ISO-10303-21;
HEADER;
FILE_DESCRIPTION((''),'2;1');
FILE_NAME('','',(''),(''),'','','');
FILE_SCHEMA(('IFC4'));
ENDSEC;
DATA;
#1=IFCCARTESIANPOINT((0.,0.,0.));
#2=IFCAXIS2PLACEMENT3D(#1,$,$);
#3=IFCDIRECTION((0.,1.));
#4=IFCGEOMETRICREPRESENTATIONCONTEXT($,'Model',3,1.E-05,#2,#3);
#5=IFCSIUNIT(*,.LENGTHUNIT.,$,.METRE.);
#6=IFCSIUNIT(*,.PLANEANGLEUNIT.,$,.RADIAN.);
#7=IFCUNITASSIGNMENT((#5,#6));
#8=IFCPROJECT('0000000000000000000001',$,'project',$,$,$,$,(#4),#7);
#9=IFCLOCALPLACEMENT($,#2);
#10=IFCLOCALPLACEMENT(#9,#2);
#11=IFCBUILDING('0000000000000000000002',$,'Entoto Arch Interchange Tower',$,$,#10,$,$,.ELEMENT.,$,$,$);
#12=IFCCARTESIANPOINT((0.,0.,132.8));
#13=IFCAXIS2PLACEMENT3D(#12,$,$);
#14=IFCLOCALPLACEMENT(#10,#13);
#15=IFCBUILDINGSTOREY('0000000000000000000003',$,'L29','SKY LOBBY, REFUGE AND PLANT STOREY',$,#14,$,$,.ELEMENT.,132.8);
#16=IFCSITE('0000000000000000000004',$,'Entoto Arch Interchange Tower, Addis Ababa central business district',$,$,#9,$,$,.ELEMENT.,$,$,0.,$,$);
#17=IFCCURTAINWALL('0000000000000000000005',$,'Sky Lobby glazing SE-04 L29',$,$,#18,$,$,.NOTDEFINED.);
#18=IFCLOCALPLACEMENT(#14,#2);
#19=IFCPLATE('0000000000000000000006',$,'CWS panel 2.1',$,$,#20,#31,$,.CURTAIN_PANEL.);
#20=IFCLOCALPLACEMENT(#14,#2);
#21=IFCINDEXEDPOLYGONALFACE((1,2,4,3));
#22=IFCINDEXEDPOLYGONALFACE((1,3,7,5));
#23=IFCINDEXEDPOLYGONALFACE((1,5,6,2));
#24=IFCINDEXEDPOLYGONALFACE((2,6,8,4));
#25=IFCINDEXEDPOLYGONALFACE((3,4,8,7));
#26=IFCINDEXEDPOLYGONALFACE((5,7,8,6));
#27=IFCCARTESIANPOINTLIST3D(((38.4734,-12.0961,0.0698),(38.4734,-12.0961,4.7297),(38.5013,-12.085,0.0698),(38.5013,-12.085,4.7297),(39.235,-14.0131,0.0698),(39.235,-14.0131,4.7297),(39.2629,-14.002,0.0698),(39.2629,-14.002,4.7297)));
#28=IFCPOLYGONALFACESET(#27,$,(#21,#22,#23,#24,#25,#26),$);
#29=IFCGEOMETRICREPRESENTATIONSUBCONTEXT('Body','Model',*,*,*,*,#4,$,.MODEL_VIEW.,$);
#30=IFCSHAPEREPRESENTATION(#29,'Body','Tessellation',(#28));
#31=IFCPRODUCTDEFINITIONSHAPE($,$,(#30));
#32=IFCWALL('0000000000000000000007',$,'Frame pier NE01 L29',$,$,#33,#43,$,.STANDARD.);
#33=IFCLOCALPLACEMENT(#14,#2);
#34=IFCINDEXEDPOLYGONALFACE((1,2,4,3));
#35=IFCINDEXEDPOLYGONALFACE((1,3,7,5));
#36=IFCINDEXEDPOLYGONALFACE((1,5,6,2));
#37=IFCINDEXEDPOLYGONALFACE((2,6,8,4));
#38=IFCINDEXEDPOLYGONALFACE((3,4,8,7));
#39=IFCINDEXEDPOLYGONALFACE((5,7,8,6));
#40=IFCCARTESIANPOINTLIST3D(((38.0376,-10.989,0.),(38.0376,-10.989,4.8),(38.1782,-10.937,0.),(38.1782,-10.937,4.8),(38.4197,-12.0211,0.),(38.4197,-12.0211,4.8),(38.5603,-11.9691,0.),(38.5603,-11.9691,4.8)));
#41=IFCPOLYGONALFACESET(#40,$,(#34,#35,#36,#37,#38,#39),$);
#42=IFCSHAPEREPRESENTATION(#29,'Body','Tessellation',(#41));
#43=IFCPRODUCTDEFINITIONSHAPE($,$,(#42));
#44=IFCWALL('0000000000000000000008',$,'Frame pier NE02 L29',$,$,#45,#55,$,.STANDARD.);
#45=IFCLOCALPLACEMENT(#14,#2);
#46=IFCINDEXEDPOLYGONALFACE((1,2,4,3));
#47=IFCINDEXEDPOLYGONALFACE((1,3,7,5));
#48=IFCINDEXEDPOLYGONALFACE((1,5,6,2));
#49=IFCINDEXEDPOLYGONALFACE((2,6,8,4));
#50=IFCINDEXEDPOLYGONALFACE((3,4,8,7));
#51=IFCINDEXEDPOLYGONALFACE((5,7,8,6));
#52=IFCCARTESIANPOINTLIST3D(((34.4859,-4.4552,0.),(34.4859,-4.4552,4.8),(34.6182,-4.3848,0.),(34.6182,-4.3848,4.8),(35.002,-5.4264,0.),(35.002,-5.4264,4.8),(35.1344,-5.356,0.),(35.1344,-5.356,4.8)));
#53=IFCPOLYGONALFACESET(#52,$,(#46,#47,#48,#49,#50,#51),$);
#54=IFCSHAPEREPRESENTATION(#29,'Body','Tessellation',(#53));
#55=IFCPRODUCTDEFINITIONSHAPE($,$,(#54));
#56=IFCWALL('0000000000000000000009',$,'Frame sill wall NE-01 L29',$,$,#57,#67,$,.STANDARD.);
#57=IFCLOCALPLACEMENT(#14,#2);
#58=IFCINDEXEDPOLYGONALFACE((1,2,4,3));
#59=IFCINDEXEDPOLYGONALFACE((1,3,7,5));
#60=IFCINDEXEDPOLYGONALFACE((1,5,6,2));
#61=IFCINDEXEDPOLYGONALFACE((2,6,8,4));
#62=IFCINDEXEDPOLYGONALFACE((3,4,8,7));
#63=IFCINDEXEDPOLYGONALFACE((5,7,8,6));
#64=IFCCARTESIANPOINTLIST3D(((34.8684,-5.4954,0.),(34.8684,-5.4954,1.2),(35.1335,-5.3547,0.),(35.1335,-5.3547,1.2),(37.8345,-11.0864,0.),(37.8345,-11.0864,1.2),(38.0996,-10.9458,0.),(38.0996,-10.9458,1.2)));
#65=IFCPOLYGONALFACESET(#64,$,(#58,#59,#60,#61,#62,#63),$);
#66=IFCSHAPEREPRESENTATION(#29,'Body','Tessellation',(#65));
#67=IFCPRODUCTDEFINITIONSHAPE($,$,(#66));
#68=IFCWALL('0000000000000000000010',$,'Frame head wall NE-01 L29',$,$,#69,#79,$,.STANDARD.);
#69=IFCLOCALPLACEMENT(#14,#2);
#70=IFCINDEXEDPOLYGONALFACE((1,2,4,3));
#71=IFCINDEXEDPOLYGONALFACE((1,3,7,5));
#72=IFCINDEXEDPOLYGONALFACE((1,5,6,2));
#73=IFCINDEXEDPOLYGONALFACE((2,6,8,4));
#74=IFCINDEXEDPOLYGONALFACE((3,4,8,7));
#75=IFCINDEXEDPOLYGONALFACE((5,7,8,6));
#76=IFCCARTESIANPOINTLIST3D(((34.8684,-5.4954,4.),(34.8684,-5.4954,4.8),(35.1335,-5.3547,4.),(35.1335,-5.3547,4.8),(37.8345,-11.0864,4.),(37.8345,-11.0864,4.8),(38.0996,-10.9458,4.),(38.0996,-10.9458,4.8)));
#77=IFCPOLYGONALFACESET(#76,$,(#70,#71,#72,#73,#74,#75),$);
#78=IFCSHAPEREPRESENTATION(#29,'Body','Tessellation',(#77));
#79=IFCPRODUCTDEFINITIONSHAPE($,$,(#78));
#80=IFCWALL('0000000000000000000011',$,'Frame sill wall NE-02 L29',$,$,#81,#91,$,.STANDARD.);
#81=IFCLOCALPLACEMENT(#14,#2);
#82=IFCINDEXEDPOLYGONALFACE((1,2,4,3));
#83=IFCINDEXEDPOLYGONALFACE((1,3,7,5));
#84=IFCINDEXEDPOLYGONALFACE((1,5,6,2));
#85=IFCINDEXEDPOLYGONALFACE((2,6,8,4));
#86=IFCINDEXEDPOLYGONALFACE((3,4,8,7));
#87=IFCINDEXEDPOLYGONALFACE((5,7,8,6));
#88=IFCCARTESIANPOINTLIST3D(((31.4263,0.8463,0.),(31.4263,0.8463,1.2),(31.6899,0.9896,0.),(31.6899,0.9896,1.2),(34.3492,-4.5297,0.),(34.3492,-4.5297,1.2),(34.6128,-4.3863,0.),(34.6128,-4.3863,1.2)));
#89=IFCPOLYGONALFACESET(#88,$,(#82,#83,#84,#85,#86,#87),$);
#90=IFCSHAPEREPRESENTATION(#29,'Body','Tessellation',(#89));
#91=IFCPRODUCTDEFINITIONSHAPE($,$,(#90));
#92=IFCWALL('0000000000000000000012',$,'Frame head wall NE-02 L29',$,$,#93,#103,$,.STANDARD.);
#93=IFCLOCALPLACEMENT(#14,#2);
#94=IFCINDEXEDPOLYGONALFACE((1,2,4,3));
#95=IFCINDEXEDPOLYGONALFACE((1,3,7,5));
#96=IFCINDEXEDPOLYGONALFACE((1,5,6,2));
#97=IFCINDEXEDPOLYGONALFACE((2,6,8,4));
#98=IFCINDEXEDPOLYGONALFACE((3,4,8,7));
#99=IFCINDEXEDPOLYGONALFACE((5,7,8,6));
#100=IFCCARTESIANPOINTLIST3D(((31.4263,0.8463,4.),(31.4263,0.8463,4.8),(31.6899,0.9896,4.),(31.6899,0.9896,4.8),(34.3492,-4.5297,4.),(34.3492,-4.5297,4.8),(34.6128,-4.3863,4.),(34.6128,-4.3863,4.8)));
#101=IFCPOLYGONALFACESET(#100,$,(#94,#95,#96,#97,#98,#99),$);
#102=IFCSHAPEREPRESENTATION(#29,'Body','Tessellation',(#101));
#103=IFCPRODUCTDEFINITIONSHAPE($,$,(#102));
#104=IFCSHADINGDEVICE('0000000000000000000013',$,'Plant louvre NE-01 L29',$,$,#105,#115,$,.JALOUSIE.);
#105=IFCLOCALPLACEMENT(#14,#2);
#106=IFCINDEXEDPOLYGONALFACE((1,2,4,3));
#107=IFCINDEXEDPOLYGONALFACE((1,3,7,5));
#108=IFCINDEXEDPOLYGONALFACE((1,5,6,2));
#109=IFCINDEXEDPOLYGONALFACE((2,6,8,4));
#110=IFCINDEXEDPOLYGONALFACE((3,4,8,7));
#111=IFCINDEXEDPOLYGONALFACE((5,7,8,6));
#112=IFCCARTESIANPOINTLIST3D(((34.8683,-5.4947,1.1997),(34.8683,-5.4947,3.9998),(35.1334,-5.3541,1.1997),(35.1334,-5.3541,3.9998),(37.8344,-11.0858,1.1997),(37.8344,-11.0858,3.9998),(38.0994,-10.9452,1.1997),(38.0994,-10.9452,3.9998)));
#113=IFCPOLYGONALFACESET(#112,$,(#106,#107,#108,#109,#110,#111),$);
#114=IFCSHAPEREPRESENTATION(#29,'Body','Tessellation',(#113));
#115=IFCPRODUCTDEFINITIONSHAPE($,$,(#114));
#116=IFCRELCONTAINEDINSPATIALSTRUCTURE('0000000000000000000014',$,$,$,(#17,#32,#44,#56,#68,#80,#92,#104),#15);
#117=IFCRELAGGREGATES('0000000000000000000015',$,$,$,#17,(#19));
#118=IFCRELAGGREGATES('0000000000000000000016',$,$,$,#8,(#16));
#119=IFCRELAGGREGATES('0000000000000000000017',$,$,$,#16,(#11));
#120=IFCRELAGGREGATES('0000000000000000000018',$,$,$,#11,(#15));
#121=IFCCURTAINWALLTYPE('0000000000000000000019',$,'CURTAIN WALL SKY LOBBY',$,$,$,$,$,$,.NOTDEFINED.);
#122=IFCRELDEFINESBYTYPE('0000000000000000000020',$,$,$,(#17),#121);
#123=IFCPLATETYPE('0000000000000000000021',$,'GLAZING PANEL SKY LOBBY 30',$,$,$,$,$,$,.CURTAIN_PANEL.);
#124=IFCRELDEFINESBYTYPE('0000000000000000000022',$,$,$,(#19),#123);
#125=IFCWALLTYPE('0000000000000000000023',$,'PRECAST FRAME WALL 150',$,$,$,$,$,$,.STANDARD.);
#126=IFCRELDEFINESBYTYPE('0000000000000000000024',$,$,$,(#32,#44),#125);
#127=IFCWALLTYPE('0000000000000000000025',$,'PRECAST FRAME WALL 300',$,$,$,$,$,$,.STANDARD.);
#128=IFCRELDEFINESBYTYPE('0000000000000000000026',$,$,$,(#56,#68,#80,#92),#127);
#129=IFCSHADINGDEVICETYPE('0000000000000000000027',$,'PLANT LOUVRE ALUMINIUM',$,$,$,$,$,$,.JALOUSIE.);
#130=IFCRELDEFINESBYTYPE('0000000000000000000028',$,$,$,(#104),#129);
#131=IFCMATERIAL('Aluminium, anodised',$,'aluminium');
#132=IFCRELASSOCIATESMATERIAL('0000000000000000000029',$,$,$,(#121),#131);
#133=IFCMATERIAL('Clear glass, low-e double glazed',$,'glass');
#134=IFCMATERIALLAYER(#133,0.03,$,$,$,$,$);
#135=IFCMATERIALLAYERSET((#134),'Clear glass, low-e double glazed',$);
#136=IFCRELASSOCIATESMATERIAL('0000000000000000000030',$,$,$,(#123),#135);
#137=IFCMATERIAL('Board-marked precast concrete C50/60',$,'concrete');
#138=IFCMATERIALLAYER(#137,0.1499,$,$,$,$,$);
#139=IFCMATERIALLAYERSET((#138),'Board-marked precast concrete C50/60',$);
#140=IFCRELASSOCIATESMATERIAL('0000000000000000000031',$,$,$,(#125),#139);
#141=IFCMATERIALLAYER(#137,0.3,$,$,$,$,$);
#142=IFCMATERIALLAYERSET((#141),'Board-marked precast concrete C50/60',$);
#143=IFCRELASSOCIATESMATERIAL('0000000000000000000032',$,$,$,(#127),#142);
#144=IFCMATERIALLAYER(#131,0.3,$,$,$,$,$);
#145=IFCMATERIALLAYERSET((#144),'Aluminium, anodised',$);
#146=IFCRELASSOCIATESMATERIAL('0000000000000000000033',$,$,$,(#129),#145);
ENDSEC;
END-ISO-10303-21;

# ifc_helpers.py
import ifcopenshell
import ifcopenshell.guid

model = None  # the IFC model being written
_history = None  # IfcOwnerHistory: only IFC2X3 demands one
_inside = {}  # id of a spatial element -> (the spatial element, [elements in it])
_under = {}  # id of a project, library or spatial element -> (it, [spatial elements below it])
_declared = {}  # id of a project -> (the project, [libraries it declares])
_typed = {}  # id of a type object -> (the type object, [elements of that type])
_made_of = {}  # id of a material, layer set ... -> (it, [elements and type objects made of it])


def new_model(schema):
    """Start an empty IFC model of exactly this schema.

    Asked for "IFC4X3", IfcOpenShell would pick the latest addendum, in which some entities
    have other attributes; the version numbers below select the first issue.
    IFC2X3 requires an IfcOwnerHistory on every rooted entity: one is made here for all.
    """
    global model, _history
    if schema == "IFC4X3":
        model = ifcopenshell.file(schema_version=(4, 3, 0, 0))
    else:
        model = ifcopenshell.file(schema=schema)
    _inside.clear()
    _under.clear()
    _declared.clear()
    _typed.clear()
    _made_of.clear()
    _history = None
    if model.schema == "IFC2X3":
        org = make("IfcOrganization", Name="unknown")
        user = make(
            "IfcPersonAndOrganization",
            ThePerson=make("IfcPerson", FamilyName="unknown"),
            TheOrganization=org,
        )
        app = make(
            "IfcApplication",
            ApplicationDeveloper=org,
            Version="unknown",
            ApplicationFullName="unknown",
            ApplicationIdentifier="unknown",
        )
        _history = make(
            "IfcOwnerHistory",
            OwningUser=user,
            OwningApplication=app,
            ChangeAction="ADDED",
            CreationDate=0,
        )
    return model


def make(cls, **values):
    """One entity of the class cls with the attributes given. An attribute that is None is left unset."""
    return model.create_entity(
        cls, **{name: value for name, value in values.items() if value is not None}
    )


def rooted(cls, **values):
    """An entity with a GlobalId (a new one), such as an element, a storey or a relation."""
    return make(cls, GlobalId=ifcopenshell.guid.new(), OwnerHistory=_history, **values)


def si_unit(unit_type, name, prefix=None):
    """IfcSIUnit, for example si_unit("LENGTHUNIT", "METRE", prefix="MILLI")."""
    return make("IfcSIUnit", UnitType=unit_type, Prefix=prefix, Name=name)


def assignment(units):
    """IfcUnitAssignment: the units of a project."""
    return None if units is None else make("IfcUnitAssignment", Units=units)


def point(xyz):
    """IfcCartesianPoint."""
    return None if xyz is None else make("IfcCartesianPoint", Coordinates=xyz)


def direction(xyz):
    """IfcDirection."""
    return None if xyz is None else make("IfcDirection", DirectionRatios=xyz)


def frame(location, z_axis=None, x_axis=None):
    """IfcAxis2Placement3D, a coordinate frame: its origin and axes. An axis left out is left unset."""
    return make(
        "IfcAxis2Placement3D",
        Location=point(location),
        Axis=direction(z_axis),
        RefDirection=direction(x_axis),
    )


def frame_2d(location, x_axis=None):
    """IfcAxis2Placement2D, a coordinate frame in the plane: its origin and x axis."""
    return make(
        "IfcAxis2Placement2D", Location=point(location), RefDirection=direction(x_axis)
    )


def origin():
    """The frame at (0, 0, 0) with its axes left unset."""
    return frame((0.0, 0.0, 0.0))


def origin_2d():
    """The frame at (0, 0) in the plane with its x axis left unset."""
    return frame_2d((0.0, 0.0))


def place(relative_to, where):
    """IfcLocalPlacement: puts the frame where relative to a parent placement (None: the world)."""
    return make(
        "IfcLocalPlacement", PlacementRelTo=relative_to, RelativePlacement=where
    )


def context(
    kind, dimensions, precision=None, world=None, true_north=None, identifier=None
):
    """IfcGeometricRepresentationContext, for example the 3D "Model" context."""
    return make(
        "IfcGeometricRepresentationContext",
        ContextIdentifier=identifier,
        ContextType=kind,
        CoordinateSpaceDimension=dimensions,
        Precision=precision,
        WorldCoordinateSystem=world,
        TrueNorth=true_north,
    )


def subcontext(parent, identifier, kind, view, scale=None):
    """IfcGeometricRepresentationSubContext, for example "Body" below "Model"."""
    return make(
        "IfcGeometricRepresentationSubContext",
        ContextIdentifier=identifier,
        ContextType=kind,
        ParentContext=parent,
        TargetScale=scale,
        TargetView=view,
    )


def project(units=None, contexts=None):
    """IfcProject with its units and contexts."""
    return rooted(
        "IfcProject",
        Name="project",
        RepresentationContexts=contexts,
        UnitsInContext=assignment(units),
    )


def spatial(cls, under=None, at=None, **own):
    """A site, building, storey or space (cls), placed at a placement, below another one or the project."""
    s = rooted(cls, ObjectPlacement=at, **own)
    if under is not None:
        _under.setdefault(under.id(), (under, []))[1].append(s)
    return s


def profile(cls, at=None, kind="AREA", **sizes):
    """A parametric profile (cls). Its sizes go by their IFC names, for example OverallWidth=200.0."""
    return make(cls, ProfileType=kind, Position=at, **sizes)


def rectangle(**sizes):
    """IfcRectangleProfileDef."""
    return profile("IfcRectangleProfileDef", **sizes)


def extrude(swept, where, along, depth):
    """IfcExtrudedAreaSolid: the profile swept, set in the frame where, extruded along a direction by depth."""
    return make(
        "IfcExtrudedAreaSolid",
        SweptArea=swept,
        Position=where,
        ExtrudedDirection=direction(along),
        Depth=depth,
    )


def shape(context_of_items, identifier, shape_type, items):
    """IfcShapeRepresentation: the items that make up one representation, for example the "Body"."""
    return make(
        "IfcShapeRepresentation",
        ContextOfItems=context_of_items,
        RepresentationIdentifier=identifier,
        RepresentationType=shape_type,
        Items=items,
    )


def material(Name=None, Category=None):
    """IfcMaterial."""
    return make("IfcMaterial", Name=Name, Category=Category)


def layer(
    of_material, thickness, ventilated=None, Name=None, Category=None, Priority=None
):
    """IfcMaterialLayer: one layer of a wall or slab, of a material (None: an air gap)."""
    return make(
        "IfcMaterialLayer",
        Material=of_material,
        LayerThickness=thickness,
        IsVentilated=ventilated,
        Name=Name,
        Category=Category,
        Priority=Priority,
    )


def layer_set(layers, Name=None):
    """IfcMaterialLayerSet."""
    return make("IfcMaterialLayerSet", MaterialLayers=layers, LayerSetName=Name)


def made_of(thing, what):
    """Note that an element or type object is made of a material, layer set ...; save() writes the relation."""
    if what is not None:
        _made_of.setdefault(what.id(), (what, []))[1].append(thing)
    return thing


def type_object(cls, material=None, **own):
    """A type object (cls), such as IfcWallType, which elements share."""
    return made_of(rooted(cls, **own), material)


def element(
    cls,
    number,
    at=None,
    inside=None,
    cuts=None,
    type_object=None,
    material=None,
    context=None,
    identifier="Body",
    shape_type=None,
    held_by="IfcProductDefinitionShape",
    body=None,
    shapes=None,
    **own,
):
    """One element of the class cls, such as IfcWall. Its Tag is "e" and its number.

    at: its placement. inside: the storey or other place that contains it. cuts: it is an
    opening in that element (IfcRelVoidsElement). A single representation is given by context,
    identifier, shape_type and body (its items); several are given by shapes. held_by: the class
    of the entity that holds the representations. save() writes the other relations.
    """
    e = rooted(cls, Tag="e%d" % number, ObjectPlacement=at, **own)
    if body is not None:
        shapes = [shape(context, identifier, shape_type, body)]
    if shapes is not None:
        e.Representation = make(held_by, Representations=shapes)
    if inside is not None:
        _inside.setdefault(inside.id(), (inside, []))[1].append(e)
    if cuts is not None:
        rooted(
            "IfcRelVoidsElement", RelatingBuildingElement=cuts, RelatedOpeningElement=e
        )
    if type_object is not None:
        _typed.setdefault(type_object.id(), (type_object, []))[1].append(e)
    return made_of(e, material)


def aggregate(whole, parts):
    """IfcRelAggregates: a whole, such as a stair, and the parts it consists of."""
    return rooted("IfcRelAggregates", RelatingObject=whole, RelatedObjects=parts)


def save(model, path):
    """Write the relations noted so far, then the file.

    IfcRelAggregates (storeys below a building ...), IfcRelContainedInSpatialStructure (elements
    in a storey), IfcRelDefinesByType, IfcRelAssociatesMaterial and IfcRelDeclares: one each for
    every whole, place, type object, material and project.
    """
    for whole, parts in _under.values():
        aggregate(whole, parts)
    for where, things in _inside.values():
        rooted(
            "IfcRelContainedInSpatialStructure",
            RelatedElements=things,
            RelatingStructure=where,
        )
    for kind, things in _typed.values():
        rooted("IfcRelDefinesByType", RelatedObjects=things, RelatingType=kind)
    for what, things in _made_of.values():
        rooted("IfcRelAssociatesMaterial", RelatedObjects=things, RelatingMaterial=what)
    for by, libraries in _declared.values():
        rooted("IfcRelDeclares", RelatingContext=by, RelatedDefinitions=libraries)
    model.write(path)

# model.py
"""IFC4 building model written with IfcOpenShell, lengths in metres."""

from ifc_helpers import new_model, si_unit, direction, frame, frame_2d, origin, origin_2d, place, context, subcontext, project, spatial, rectangle, extrude, material, layer, layer_set, type_object, element, aggregate, save


model = new_model("IFC4")

# Units and contexts
model_context = context("Model", 3, precision=1e-05, world=origin(), true_north=direction((0.0, 1.0)))
body_context = subcontext(model_context, "Body", "Model", "MODEL_VIEW")
ifc_project = project(units=[si_unit("LENGTHUNIT", "METRE"), si_unit("PLANEANGLEUNIT", "RADIAN")], contexts=[model_context])

# Site, building, storey
site_placement = place(None, origin())
site = spatial("IfcSite", under=ifc_project, at=site_placement, Name="Entoto Arch Interchange Tower, Addis Ababa central business district", CompositionType="ELEMENT", RefElevation=0.0)
building_placement = place(site_placement, origin())
building = spatial("IfcBuilding", under=site, at=building_placement, Name="Entoto Arch Interchange Tower", CompositionType="ELEMENT")
storey_placement = place(building_placement, frame((0.0, 0.0, 132.8)))
storey = spatial("IfcBuildingStorey", under=building, at=storey_placement, Name="L29", Description="SKY LOBBY, REFUGE AND PLANT STOREY", CompositionType="ELEMENT", Elevation=132.8)

# Curtain wall
ifc_material_1 = material(Name="Aluminium, anodised", Category="aluminium")
curtain_wall_type = type_object("IfcCurtainWallType", Name="CURTAIN WALL SKY LOBBY", PredefinedType="NOTDEFINED", material=ifc_material_1)
curtain_wall_placement = place(storey_placement, origin())
curtain_wall = element("IfcCurtainWall", 1, at=curtain_wall_placement, inside=storey, type_object=curtain_wall_type, Name="Sky Lobby glazing SE-04 L29", PredefinedType="NOTDEFINED")

# Plate
ifc_material_2 = material(Name="Clear glass, low-e double glazed", Category="glass")
ifc_layer_1 = layer(ifc_material_2, 0.03)
ifc_layer_set_1 = layer_set([ifc_layer_1], Name="Clear glass, low-e double glazed")
plate_type = type_object("IfcPlateType", Name="GLAZING PANEL SKY LOBBY 30", PredefinedType="CURTAIN_PANEL", material=ifc_layer_set_1)
plate_1_placement = place(storey_placement, frame((38.8682, -13.0491, 0.0698), z_axis=(0.0, 0.0, 1.0), x_axis=(-0.369232, 0.929337, 0.0)))
plate_1 = element("IfcPlate", 2, at=plate_1_placement, type_object=plate_type, Name="CWS panel 2.1", PredefinedType="CURTAIN_PANEL", context=body_context, shape_type="SweptSolid", body=[
    extrude(rectangle(XDim=2.0627, YDim=0.03, at=origin_2d()), origin(), (0.0, 0.0, 1.0), 4.6599),
])
aggregate(curtain_wall, [plate_1])

# Walls
ifc_material_3 = material(Name="Board-marked precast concrete C50/60", Category="concrete")
ifc_layer_2 = layer(ifc_material_3, 0.1499)
ifc_layer_set_2 = layer_set([ifc_layer_2], Name="Board-marked precast concrete C50/60")
wall_type_1 = type_object("IfcWallType", Name="PRECAST FRAME WALL 150", PredefinedType="STANDARD", material=ifc_layer_set_2)
wall_1_placement = place(storey_placement, frame((38.49, -11.9951, 0.0), z_axis=(0.0, 0.0, 1.0), x_axis=(-0.347134, 0.937816, 0.0)))
element("IfcWall", 3, at=wall_1_placement, inside=storey, type_object=wall_type_1, Name="Frame pier NE01 L29", PredefinedType="STANDARD", context=body_context, shape_type="SweptSolid", body=[
    extrude(rectangle(XDim=1.1006, YDim=0.1499, at=frame_2d((0.5503, 0.0))), origin(), (0.0, 0.0, 1.0), 4.8),
])
wall_2_placement = place(storey_placement, frame((35.0681, -5.3911, 0.0), z_axis=(0.0, 0.0, 1.0), x_axis=(-0.469274, 0.883052, 0.0)))
element("IfcWall", 4, at=wall_2_placement, inside=storey, type_object=wall_type_1, Name="Frame pier NE02 L29", PredefinedType="STANDARD", context=body_context, shape_type="SweptSolid", body=[
    extrude(rectangle(XDim=1.0999, YDim=0.1499, at=frame_2d((0.5498, 0.0))), origin(), (0.0, 0.0, 1.0), 4.8),
])
ifc_layer_3 = layer(ifc_material_3, 0.3)
ifc_layer_set_3 = layer_set([ifc_layer_3], Name="Board-marked precast concrete C50/60")
wall_type_2 = type_object("IfcWallType", Name="PRECAST FRAME WALL 300", PredefinedType="STANDARD", material=ifc_layer_set_3)
wall_3_placement = place(storey_placement, frame((37.967, -11.0161, 0.0), z_axis=(0.0, 0.0, 1.0), x_axis=(-0.468639, 0.88339, 0.0)))
element("IfcWall", 5, at=wall_3_placement, inside=storey, type_object=wall_type_2, Name="Frame sill wall NE-01 L29", PredefinedType="STANDARD", context=body_context, shape_type="SweptSolid", body=[
    extrude(rectangle(XDim=6.3291, YDim=0.3, at=frame_2d((3.1646, 0.0))), origin(), (0.0, 0.0, 1.0), 1.2),
])
wall_4_placement = place(storey_placement, frame((37.967, -11.0161, 4.0), z_axis=(0.0, 0.0, 1.0), x_axis=(-0.468639, 0.88339, 0.0)))
element("IfcWall", 6, at=wall_4_placement, inside=storey, type_object=wall_type_2, Name="Frame head wall NE-01 L29", PredefinedType="STANDARD", context=body_context, shape_type="SweptSolid", body=[
    extrude(rectangle(XDim=6.3291, YDim=0.3, at=frame_2d((3.1646, 0.0))), origin(), (0.0, 0.0, 1.0), 0.8),
])
wall_5_placement = place(storey_placement, frame((34.481, -4.458, 0.0), z_axis=(0.0, 0.0, 1.0), x_axis=(-0.477655, 0.878547, 0.0)))
element("IfcWall", 7, at=wall_5_placement, inside=storey, type_object=wall_type_2, Name="Frame sill wall NE-02 L29", PredefinedType="STANDARD", context=body_context, shape_type="SweptSolid", body=[
    extrude(rectangle(XDim=6.1191, YDim=0.3, at=frame_2d((3.0596, 0.0))), origin(), (0.0, 0.0, 1.0), 1.2),
])
wall_6_placement = place(storey_placement, frame((34.481, -4.458, 4.0), z_axis=(0.0, 0.0, 1.0), x_axis=(-0.477655, 0.878547, 0.0)))
element("IfcWall", 8, at=wall_6_placement, inside=storey, type_object=wall_type_2, Name="Frame head wall NE-02 L29", PredefinedType="STANDARD", context=body_context, shape_type="SweptSolid", body=[
    extrude(rectangle(XDim=6.1191, YDim=0.3, at=frame_2d((3.0596, 0.0))), origin(), (0.0, 0.0, 1.0), 0.8),
])

# Shading device
ifc_layer_4 = layer(ifc_material_1, 0.3)
ifc_layer_set_4 = layer_set([ifc_layer_4], Name="Aluminium, anodised")
shading_device_type = type_object("IfcShadingDeviceType", Name="PLANT LOUVRE ALUMINIUM", PredefinedType="JALOUSIE", material=ifc_layer_set_4)
shading_device_placement = place(storey_placement, frame((36.4839, -8.22, 1.1997), z_axis=(0.0, 0.0, 1.0), x_axis=(-0.468639, 0.88339, 0.0)))
element("IfcShadingDevice", 9, at=shading_device_placement, inside=storey, type_object=shading_device_type, Name="Plant louvre NE-01 L29", PredefinedType="JALOUSIE", context=body_context, shape_type="SweptSolid", body=[
    extrude(rectangle(XDim=6.3291, YDim=0.3, at=origin_2d()), origin(), (0.0, 0.0, 1.0), 2.8),
])

save(model, "model.ifc")
